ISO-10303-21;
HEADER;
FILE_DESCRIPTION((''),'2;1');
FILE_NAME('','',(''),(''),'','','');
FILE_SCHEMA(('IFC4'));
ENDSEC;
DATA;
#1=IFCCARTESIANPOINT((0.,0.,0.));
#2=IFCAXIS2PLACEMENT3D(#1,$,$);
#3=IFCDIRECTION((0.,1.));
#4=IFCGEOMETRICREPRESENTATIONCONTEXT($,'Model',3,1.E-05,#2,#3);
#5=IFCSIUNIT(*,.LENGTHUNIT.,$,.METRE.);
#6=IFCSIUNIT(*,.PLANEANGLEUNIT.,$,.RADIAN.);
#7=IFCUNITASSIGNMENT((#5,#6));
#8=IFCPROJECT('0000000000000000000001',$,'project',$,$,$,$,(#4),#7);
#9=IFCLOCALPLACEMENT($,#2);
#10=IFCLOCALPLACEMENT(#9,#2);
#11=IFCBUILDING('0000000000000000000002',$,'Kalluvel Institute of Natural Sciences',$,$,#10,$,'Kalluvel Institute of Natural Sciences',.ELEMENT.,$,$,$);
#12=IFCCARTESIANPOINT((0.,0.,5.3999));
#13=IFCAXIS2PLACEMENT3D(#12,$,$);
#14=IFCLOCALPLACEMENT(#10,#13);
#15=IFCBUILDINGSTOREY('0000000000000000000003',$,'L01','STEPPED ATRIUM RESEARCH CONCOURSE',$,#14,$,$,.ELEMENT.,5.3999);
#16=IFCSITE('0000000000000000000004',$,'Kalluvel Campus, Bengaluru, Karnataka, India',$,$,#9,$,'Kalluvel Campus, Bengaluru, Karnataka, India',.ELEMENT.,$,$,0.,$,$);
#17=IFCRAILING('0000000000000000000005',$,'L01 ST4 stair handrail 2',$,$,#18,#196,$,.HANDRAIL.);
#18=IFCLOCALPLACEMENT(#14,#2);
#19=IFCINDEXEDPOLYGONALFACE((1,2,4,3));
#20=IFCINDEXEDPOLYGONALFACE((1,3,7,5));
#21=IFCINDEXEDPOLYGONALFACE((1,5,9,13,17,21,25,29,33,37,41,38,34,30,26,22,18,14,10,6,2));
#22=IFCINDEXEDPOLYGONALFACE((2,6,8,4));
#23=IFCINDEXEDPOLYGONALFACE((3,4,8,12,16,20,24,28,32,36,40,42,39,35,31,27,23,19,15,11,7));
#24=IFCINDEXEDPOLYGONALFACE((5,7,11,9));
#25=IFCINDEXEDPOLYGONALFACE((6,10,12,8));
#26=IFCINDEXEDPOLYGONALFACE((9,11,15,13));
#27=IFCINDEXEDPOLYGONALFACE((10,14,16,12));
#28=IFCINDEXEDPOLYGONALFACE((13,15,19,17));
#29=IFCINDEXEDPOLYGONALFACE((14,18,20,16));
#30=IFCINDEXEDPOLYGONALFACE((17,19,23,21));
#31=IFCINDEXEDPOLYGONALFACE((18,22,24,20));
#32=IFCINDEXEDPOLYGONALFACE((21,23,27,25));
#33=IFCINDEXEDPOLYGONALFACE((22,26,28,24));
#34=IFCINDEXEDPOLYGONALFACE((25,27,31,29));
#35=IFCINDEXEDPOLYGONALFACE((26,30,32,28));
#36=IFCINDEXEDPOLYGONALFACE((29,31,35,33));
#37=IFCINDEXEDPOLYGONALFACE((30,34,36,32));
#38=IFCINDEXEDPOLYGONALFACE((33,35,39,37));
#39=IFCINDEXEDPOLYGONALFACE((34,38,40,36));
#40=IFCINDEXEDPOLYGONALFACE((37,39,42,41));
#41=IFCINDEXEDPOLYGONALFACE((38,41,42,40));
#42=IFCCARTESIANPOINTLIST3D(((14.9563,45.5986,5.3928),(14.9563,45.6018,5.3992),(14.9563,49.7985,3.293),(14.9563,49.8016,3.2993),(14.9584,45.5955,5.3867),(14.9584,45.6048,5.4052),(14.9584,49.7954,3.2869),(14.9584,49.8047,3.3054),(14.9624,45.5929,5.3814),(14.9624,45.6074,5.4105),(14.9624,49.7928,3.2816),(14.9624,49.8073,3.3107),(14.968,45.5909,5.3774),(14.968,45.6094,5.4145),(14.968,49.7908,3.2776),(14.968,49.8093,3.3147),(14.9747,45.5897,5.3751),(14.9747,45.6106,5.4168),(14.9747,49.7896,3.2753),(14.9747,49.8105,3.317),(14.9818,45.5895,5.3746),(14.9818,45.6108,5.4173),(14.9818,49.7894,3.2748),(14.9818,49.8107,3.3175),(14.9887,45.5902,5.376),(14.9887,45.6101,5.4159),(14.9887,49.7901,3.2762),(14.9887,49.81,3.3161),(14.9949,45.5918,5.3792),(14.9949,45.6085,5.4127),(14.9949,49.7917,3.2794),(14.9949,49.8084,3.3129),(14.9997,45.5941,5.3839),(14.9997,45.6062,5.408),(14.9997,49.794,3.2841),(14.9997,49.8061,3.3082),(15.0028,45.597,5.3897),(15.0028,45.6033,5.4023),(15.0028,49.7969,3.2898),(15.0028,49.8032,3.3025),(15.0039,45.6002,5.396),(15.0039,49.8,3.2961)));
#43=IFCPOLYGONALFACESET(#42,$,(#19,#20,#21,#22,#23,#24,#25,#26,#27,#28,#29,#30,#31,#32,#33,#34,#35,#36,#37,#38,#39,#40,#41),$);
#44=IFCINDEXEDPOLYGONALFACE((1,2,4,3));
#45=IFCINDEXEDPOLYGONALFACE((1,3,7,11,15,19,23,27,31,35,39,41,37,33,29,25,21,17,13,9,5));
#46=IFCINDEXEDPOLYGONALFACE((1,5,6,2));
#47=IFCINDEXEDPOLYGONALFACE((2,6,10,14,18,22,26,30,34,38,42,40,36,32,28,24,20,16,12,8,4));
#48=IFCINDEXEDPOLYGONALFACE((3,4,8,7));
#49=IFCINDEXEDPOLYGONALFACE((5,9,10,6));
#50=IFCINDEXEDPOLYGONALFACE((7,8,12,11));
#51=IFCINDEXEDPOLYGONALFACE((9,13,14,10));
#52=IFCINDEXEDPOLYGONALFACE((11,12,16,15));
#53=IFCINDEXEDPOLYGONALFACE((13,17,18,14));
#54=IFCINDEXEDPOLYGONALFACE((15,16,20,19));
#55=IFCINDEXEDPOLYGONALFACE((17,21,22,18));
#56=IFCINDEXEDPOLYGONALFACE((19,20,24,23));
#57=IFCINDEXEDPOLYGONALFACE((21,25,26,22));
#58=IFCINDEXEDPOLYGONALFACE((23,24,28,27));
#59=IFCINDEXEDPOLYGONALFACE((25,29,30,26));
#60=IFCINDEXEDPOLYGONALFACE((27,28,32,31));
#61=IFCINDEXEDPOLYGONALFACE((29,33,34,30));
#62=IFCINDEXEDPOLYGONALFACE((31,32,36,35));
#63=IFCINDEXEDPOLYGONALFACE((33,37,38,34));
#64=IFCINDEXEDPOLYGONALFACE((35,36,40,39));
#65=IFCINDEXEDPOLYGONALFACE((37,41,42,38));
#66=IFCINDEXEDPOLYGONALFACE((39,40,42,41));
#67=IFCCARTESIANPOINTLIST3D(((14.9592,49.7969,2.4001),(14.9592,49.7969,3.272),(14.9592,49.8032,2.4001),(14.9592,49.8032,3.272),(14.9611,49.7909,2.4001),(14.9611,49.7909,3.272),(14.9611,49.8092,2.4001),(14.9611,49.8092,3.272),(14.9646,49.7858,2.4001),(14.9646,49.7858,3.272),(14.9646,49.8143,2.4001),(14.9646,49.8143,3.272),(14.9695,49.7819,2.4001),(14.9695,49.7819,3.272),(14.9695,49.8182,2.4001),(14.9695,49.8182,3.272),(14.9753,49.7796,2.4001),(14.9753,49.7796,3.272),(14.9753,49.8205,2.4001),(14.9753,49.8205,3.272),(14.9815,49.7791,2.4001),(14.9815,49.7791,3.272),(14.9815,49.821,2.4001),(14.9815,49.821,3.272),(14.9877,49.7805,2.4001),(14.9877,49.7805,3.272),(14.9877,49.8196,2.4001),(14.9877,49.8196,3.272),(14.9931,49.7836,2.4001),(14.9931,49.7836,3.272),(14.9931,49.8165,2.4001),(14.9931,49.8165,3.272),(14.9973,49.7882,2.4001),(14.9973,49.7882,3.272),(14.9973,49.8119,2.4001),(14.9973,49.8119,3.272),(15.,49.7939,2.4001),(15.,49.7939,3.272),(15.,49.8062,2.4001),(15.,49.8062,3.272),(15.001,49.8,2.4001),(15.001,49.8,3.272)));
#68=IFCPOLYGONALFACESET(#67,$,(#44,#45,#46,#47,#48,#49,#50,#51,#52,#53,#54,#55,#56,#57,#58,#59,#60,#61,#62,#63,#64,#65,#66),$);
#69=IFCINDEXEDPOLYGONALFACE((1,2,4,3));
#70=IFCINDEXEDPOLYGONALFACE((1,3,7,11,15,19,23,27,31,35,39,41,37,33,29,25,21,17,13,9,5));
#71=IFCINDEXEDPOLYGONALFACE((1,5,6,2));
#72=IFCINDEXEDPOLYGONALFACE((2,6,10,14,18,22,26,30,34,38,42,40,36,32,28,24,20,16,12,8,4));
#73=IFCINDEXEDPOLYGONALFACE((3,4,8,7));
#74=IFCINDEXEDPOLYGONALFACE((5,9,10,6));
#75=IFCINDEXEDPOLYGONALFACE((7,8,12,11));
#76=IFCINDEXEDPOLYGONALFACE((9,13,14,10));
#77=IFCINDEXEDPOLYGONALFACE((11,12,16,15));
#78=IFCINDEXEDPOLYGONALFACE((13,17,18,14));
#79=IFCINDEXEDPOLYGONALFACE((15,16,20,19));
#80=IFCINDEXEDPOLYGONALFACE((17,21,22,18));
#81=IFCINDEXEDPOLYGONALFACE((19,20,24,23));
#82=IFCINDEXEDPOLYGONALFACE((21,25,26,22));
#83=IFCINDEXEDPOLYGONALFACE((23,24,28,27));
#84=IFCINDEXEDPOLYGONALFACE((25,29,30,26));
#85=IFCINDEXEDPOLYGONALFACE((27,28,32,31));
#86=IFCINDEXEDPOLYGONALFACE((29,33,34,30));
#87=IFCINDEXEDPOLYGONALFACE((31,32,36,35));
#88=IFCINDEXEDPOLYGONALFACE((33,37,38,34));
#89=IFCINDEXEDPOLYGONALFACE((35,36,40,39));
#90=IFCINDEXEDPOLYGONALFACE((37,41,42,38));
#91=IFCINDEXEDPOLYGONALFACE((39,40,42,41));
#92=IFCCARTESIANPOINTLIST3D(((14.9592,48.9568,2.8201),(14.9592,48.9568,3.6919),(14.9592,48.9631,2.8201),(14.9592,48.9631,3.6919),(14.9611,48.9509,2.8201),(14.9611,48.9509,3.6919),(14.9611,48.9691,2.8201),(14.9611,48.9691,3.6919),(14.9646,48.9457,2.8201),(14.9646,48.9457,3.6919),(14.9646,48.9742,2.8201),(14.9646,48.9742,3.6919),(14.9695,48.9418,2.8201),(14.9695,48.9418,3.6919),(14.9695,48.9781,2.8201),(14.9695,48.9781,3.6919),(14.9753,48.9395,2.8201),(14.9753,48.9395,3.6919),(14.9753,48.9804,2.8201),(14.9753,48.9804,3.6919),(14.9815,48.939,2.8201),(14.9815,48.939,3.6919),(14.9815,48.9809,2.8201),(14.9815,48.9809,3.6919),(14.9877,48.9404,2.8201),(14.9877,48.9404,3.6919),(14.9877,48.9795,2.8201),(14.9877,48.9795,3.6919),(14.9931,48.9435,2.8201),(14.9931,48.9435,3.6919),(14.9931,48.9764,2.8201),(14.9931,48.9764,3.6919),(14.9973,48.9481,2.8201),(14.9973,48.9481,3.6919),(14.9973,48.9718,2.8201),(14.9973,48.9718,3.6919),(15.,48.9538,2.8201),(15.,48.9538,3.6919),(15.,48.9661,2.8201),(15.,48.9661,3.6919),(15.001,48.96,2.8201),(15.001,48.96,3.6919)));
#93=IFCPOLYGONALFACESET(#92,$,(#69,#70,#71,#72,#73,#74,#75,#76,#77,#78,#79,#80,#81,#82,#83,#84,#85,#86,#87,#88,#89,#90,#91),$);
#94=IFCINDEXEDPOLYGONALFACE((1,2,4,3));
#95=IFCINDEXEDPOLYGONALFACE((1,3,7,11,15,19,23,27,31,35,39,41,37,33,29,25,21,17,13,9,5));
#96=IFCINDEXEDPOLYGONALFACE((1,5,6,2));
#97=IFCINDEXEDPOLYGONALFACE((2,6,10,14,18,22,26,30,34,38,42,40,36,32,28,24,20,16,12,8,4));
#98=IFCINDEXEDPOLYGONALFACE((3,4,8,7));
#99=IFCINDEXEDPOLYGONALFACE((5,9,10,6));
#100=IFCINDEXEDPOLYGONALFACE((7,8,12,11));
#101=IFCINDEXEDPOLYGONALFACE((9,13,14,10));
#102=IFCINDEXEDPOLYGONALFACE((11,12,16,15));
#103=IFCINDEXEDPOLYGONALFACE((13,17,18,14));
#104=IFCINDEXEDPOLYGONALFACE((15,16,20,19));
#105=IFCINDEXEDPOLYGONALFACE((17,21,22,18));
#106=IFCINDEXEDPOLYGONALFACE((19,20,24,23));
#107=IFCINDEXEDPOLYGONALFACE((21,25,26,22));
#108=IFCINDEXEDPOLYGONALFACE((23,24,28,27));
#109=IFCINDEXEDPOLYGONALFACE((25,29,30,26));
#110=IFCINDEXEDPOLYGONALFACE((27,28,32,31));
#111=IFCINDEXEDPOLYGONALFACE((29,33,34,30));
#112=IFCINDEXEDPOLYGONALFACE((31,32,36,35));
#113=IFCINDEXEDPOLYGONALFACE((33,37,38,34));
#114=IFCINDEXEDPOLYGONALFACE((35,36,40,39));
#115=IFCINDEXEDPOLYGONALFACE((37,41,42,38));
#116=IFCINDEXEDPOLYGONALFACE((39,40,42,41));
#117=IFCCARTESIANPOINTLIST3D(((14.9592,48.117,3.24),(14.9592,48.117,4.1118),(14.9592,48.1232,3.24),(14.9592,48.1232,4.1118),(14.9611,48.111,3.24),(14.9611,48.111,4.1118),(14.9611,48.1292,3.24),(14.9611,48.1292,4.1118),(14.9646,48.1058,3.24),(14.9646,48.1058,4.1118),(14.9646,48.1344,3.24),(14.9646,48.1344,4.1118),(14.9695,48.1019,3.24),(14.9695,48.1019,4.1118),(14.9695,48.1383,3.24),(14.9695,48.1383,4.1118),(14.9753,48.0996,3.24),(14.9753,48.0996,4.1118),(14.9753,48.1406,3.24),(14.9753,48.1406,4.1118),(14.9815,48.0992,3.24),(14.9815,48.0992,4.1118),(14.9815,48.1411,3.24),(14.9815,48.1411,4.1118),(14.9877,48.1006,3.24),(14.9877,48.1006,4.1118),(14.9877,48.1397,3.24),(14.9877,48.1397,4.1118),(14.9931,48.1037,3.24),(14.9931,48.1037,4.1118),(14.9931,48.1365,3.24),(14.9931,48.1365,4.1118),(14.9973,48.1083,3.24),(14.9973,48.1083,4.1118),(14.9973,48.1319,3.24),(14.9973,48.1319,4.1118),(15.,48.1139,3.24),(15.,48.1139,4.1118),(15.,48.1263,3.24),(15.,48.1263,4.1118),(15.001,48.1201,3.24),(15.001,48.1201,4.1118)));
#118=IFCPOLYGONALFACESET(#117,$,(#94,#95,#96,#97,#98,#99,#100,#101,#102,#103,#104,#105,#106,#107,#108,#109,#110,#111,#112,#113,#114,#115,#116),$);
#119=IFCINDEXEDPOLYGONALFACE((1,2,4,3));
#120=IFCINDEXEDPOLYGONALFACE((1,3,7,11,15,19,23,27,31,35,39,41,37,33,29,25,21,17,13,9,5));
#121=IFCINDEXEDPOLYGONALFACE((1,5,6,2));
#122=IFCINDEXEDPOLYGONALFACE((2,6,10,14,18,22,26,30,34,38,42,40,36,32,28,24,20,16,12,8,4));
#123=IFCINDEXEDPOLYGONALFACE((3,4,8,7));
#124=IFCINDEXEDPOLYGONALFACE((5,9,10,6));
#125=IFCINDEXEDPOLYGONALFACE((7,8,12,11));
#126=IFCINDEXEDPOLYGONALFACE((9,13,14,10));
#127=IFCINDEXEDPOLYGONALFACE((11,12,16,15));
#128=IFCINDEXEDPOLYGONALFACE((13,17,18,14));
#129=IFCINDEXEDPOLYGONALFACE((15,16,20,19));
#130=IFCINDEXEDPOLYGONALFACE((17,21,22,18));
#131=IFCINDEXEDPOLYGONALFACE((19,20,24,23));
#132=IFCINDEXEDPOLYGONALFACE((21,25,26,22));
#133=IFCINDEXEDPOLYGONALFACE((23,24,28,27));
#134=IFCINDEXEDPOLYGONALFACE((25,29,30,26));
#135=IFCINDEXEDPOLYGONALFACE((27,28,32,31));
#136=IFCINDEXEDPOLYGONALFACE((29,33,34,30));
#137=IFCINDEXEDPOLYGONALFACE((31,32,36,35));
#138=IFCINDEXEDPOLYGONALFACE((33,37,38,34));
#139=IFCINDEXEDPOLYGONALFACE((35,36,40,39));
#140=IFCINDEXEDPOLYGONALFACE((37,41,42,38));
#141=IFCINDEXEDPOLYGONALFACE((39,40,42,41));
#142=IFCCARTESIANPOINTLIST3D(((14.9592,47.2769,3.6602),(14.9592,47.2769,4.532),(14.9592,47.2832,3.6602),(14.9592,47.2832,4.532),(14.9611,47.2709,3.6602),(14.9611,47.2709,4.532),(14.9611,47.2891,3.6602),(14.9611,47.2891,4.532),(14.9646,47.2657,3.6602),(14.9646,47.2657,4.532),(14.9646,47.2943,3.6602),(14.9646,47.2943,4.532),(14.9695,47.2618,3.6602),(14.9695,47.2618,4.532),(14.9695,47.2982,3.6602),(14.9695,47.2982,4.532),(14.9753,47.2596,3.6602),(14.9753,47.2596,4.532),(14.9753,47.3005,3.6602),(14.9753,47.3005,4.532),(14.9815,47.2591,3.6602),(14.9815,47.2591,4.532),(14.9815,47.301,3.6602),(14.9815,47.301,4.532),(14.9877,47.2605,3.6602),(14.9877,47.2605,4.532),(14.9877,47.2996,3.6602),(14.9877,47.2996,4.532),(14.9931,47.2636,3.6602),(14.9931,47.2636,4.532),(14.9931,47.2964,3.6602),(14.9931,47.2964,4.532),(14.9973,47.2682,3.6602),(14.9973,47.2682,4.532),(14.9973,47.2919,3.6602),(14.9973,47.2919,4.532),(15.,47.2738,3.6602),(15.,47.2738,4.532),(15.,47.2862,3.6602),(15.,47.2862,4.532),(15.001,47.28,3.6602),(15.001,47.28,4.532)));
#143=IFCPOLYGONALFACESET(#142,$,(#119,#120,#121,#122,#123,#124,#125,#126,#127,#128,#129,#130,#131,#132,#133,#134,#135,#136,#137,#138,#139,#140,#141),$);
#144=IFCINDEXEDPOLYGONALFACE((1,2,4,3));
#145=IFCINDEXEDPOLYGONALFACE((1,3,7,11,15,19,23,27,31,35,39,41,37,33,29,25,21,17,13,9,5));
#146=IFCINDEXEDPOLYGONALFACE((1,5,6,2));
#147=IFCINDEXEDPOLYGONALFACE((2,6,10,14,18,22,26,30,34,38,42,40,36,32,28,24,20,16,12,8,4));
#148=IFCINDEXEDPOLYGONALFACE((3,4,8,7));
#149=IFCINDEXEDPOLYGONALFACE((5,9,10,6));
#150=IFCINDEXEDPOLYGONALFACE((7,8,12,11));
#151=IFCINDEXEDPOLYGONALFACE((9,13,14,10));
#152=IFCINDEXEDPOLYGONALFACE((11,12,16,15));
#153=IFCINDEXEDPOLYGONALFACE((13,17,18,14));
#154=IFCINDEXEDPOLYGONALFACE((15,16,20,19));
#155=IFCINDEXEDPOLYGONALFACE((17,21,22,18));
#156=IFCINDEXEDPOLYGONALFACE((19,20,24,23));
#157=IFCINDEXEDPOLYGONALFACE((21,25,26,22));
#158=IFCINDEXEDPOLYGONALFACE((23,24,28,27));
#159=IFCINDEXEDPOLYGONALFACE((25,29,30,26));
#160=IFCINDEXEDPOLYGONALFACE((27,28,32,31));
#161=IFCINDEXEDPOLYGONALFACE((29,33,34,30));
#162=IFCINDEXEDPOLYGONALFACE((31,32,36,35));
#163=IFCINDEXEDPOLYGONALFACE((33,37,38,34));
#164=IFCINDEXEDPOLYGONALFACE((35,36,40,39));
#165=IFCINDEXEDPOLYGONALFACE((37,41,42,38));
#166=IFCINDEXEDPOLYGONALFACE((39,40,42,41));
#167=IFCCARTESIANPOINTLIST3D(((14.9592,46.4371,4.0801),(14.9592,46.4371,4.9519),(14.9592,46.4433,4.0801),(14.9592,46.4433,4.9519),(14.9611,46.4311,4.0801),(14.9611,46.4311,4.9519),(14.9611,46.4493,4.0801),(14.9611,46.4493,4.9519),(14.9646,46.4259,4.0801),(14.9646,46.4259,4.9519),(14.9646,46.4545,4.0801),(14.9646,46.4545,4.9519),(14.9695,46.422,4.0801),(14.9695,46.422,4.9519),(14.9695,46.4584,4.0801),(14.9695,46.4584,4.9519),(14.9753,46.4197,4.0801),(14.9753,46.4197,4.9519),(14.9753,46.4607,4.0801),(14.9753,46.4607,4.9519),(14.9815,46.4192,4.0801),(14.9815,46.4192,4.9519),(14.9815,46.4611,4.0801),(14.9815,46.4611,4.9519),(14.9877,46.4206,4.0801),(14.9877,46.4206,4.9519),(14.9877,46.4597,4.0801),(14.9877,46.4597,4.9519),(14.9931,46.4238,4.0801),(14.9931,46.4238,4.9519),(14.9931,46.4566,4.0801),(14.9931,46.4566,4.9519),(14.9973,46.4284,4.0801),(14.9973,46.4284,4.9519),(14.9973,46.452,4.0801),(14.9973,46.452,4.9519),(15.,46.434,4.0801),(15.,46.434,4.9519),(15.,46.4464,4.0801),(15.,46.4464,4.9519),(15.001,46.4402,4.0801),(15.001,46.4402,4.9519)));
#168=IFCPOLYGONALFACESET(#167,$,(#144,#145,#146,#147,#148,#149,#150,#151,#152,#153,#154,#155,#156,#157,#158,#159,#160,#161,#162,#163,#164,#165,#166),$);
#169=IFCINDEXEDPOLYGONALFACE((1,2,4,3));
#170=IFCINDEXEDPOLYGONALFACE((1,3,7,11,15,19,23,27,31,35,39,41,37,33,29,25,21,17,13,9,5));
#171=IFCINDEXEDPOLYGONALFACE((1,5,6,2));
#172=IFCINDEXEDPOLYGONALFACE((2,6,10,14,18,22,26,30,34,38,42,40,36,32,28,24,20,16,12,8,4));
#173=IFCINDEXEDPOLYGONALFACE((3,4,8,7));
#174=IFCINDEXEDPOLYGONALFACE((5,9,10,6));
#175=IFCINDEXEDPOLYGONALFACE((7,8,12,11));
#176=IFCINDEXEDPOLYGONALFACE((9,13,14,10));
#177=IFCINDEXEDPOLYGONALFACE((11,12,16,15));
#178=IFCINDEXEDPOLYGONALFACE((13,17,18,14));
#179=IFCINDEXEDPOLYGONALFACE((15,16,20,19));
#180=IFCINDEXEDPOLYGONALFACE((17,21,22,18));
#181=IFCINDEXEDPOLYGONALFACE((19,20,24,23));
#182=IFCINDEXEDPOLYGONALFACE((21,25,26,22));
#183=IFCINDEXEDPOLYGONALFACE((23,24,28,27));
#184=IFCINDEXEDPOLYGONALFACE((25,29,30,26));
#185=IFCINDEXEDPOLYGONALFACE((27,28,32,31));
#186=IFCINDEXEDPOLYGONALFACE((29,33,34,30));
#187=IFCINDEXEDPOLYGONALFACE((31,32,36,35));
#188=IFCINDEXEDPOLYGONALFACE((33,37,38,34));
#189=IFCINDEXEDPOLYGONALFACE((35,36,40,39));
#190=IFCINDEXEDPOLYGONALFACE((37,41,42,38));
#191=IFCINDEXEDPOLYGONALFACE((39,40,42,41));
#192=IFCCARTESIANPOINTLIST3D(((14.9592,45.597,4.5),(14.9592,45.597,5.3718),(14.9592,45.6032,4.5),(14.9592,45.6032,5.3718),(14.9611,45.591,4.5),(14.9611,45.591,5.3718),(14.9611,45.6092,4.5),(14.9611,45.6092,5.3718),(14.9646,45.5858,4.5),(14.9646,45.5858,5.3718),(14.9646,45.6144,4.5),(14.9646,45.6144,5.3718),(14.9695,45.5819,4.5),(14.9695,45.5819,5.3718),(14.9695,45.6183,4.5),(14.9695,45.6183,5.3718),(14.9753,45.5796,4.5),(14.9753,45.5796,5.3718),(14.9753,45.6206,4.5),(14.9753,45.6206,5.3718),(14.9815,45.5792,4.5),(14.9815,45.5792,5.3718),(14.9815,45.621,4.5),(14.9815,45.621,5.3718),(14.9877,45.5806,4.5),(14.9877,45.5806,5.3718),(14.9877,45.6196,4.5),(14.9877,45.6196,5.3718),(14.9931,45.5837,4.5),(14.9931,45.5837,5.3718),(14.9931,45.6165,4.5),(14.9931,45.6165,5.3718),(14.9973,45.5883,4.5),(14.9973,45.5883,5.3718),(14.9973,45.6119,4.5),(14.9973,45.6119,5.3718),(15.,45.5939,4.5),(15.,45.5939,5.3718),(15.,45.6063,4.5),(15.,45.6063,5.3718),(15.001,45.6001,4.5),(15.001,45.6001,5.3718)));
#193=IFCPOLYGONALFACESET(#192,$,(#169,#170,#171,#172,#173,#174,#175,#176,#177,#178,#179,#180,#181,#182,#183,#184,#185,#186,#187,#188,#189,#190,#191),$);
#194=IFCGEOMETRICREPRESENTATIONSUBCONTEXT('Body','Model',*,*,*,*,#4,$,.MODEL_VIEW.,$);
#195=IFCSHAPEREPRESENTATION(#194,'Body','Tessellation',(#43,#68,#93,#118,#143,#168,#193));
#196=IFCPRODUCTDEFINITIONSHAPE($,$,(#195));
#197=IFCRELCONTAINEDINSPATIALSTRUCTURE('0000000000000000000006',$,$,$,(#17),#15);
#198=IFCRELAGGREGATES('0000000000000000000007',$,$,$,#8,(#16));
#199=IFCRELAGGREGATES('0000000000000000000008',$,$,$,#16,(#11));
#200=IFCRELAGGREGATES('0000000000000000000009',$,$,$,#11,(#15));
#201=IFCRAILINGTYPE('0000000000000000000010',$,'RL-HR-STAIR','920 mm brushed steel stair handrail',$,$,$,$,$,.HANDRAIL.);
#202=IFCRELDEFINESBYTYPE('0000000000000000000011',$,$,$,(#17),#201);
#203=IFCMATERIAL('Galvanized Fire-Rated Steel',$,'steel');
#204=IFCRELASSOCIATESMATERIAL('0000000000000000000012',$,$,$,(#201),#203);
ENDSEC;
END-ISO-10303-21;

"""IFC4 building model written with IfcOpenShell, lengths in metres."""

from ifc_helpers import new_model, si_unit, direction, frame, origin, origin_2d, place, context, subcontext, project, spatial, circle, extrude, material, type_object, element, save


model = new_model("IFC4")

# Units and contexts
model_context = context("Model", 3, precision=1e-05, world=origin(), true_north=direction((0.0, 1.0)))
body_context = subcontext(model_context, "Body", "Model", "MODEL_VIEW")
ifc_project = project(units=[si_unit("LENGTHUNIT", "METRE"), si_unit("PLANEANGLEUNIT", "RADIAN")], contexts=[model_context])

# Site, building, storey
site_placement = place(None, origin())
site = spatial("IfcSite", under=ifc_project, at=site_placement, Name="Kalluvel Campus, Bengaluru, Karnataka, India", LongName="Kalluvel Campus, Bengaluru, Karnataka, India", CompositionType="ELEMENT", RefElevation=0.0)
building_placement = place(site_placement, origin())
building = spatial("IfcBuilding", under=site, at=building_placement, Name="Kalluvel Institute of Natural Sciences", LongName="Kalluvel Institute of Natural Sciences", CompositionType="ELEMENT")
storey_placement = place(building_placement, frame((0.0, 0.0, 5.3999)))
storey = spatial("IfcBuildingStorey", under=building, at=storey_placement, Name="L01", Description="STEPPED ATRIUM RESEARCH CONCOURSE", CompositionType="ELEMENT", Elevation=5.3999)

# Shared definitions
ifc_material_1 = material(Name="Galvanized Fire-Rated Steel", Category="steel")

# Railing
railing_type_1 = type_object("IfcRailingType", Name="RL-HR-STAIR", Description="920 mm brushed steel stair handrail", PredefinedType="HANDRAIL", material=ifc_material_1)
railing_1_placement = place(storey_placement, frame((14.98, 49.8, 2.4001)))
element("IfcRailing", 1, at=railing_1_placement, inside=storey, type_object=railing_type_1, Name="L01 ST4 stair handrail 2", PredefinedType="HANDRAIL", context=body_context, shape_type="SweptSolid", body=[
    extrude(circle(Radius=0.0239, at=origin_2d()), frame((0.0, 0.0, 0.896), z_axis=(0.0, -0.894438, 0.447193), x_axis=(1.0, 0.0, 0.0)), (0.0, 0.0, 1.0), 4.6956),
    extrude(circle(Radius=0.021, at=origin_2d()), origin(), (0.0, 0.0, 1.0), 0.8718),
    extrude(circle(Radius=0.021, at=origin_2d()), frame((0.0, -0.8401, 0.4199)), (0.0, 0.0, 1.0), 0.8718),
    extrude(circle(Radius=0.021, at=origin_2d()), frame((0.0, -1.6799, 0.8398)), (0.0, 0.0, 1.0), 0.8718),
    extrude(circle(Radius=0.021, at=origin_2d()), frame((0.0, -2.52, 1.26)), (0.0, 0.0, 1.0), 0.8718),
    extrude(circle(Radius=0.021, at=origin_2d()), frame((0.0, -3.3599, 1.6799)), (0.0, 0.0, 1.0), 0.8718),
    extrude(circle(Radius=0.021, at=origin_2d()), frame((0.0, -4.2, 2.0999)), (0.0, 0.0, 1.0), 0.8718),
])

save(model, "model.ifc")
